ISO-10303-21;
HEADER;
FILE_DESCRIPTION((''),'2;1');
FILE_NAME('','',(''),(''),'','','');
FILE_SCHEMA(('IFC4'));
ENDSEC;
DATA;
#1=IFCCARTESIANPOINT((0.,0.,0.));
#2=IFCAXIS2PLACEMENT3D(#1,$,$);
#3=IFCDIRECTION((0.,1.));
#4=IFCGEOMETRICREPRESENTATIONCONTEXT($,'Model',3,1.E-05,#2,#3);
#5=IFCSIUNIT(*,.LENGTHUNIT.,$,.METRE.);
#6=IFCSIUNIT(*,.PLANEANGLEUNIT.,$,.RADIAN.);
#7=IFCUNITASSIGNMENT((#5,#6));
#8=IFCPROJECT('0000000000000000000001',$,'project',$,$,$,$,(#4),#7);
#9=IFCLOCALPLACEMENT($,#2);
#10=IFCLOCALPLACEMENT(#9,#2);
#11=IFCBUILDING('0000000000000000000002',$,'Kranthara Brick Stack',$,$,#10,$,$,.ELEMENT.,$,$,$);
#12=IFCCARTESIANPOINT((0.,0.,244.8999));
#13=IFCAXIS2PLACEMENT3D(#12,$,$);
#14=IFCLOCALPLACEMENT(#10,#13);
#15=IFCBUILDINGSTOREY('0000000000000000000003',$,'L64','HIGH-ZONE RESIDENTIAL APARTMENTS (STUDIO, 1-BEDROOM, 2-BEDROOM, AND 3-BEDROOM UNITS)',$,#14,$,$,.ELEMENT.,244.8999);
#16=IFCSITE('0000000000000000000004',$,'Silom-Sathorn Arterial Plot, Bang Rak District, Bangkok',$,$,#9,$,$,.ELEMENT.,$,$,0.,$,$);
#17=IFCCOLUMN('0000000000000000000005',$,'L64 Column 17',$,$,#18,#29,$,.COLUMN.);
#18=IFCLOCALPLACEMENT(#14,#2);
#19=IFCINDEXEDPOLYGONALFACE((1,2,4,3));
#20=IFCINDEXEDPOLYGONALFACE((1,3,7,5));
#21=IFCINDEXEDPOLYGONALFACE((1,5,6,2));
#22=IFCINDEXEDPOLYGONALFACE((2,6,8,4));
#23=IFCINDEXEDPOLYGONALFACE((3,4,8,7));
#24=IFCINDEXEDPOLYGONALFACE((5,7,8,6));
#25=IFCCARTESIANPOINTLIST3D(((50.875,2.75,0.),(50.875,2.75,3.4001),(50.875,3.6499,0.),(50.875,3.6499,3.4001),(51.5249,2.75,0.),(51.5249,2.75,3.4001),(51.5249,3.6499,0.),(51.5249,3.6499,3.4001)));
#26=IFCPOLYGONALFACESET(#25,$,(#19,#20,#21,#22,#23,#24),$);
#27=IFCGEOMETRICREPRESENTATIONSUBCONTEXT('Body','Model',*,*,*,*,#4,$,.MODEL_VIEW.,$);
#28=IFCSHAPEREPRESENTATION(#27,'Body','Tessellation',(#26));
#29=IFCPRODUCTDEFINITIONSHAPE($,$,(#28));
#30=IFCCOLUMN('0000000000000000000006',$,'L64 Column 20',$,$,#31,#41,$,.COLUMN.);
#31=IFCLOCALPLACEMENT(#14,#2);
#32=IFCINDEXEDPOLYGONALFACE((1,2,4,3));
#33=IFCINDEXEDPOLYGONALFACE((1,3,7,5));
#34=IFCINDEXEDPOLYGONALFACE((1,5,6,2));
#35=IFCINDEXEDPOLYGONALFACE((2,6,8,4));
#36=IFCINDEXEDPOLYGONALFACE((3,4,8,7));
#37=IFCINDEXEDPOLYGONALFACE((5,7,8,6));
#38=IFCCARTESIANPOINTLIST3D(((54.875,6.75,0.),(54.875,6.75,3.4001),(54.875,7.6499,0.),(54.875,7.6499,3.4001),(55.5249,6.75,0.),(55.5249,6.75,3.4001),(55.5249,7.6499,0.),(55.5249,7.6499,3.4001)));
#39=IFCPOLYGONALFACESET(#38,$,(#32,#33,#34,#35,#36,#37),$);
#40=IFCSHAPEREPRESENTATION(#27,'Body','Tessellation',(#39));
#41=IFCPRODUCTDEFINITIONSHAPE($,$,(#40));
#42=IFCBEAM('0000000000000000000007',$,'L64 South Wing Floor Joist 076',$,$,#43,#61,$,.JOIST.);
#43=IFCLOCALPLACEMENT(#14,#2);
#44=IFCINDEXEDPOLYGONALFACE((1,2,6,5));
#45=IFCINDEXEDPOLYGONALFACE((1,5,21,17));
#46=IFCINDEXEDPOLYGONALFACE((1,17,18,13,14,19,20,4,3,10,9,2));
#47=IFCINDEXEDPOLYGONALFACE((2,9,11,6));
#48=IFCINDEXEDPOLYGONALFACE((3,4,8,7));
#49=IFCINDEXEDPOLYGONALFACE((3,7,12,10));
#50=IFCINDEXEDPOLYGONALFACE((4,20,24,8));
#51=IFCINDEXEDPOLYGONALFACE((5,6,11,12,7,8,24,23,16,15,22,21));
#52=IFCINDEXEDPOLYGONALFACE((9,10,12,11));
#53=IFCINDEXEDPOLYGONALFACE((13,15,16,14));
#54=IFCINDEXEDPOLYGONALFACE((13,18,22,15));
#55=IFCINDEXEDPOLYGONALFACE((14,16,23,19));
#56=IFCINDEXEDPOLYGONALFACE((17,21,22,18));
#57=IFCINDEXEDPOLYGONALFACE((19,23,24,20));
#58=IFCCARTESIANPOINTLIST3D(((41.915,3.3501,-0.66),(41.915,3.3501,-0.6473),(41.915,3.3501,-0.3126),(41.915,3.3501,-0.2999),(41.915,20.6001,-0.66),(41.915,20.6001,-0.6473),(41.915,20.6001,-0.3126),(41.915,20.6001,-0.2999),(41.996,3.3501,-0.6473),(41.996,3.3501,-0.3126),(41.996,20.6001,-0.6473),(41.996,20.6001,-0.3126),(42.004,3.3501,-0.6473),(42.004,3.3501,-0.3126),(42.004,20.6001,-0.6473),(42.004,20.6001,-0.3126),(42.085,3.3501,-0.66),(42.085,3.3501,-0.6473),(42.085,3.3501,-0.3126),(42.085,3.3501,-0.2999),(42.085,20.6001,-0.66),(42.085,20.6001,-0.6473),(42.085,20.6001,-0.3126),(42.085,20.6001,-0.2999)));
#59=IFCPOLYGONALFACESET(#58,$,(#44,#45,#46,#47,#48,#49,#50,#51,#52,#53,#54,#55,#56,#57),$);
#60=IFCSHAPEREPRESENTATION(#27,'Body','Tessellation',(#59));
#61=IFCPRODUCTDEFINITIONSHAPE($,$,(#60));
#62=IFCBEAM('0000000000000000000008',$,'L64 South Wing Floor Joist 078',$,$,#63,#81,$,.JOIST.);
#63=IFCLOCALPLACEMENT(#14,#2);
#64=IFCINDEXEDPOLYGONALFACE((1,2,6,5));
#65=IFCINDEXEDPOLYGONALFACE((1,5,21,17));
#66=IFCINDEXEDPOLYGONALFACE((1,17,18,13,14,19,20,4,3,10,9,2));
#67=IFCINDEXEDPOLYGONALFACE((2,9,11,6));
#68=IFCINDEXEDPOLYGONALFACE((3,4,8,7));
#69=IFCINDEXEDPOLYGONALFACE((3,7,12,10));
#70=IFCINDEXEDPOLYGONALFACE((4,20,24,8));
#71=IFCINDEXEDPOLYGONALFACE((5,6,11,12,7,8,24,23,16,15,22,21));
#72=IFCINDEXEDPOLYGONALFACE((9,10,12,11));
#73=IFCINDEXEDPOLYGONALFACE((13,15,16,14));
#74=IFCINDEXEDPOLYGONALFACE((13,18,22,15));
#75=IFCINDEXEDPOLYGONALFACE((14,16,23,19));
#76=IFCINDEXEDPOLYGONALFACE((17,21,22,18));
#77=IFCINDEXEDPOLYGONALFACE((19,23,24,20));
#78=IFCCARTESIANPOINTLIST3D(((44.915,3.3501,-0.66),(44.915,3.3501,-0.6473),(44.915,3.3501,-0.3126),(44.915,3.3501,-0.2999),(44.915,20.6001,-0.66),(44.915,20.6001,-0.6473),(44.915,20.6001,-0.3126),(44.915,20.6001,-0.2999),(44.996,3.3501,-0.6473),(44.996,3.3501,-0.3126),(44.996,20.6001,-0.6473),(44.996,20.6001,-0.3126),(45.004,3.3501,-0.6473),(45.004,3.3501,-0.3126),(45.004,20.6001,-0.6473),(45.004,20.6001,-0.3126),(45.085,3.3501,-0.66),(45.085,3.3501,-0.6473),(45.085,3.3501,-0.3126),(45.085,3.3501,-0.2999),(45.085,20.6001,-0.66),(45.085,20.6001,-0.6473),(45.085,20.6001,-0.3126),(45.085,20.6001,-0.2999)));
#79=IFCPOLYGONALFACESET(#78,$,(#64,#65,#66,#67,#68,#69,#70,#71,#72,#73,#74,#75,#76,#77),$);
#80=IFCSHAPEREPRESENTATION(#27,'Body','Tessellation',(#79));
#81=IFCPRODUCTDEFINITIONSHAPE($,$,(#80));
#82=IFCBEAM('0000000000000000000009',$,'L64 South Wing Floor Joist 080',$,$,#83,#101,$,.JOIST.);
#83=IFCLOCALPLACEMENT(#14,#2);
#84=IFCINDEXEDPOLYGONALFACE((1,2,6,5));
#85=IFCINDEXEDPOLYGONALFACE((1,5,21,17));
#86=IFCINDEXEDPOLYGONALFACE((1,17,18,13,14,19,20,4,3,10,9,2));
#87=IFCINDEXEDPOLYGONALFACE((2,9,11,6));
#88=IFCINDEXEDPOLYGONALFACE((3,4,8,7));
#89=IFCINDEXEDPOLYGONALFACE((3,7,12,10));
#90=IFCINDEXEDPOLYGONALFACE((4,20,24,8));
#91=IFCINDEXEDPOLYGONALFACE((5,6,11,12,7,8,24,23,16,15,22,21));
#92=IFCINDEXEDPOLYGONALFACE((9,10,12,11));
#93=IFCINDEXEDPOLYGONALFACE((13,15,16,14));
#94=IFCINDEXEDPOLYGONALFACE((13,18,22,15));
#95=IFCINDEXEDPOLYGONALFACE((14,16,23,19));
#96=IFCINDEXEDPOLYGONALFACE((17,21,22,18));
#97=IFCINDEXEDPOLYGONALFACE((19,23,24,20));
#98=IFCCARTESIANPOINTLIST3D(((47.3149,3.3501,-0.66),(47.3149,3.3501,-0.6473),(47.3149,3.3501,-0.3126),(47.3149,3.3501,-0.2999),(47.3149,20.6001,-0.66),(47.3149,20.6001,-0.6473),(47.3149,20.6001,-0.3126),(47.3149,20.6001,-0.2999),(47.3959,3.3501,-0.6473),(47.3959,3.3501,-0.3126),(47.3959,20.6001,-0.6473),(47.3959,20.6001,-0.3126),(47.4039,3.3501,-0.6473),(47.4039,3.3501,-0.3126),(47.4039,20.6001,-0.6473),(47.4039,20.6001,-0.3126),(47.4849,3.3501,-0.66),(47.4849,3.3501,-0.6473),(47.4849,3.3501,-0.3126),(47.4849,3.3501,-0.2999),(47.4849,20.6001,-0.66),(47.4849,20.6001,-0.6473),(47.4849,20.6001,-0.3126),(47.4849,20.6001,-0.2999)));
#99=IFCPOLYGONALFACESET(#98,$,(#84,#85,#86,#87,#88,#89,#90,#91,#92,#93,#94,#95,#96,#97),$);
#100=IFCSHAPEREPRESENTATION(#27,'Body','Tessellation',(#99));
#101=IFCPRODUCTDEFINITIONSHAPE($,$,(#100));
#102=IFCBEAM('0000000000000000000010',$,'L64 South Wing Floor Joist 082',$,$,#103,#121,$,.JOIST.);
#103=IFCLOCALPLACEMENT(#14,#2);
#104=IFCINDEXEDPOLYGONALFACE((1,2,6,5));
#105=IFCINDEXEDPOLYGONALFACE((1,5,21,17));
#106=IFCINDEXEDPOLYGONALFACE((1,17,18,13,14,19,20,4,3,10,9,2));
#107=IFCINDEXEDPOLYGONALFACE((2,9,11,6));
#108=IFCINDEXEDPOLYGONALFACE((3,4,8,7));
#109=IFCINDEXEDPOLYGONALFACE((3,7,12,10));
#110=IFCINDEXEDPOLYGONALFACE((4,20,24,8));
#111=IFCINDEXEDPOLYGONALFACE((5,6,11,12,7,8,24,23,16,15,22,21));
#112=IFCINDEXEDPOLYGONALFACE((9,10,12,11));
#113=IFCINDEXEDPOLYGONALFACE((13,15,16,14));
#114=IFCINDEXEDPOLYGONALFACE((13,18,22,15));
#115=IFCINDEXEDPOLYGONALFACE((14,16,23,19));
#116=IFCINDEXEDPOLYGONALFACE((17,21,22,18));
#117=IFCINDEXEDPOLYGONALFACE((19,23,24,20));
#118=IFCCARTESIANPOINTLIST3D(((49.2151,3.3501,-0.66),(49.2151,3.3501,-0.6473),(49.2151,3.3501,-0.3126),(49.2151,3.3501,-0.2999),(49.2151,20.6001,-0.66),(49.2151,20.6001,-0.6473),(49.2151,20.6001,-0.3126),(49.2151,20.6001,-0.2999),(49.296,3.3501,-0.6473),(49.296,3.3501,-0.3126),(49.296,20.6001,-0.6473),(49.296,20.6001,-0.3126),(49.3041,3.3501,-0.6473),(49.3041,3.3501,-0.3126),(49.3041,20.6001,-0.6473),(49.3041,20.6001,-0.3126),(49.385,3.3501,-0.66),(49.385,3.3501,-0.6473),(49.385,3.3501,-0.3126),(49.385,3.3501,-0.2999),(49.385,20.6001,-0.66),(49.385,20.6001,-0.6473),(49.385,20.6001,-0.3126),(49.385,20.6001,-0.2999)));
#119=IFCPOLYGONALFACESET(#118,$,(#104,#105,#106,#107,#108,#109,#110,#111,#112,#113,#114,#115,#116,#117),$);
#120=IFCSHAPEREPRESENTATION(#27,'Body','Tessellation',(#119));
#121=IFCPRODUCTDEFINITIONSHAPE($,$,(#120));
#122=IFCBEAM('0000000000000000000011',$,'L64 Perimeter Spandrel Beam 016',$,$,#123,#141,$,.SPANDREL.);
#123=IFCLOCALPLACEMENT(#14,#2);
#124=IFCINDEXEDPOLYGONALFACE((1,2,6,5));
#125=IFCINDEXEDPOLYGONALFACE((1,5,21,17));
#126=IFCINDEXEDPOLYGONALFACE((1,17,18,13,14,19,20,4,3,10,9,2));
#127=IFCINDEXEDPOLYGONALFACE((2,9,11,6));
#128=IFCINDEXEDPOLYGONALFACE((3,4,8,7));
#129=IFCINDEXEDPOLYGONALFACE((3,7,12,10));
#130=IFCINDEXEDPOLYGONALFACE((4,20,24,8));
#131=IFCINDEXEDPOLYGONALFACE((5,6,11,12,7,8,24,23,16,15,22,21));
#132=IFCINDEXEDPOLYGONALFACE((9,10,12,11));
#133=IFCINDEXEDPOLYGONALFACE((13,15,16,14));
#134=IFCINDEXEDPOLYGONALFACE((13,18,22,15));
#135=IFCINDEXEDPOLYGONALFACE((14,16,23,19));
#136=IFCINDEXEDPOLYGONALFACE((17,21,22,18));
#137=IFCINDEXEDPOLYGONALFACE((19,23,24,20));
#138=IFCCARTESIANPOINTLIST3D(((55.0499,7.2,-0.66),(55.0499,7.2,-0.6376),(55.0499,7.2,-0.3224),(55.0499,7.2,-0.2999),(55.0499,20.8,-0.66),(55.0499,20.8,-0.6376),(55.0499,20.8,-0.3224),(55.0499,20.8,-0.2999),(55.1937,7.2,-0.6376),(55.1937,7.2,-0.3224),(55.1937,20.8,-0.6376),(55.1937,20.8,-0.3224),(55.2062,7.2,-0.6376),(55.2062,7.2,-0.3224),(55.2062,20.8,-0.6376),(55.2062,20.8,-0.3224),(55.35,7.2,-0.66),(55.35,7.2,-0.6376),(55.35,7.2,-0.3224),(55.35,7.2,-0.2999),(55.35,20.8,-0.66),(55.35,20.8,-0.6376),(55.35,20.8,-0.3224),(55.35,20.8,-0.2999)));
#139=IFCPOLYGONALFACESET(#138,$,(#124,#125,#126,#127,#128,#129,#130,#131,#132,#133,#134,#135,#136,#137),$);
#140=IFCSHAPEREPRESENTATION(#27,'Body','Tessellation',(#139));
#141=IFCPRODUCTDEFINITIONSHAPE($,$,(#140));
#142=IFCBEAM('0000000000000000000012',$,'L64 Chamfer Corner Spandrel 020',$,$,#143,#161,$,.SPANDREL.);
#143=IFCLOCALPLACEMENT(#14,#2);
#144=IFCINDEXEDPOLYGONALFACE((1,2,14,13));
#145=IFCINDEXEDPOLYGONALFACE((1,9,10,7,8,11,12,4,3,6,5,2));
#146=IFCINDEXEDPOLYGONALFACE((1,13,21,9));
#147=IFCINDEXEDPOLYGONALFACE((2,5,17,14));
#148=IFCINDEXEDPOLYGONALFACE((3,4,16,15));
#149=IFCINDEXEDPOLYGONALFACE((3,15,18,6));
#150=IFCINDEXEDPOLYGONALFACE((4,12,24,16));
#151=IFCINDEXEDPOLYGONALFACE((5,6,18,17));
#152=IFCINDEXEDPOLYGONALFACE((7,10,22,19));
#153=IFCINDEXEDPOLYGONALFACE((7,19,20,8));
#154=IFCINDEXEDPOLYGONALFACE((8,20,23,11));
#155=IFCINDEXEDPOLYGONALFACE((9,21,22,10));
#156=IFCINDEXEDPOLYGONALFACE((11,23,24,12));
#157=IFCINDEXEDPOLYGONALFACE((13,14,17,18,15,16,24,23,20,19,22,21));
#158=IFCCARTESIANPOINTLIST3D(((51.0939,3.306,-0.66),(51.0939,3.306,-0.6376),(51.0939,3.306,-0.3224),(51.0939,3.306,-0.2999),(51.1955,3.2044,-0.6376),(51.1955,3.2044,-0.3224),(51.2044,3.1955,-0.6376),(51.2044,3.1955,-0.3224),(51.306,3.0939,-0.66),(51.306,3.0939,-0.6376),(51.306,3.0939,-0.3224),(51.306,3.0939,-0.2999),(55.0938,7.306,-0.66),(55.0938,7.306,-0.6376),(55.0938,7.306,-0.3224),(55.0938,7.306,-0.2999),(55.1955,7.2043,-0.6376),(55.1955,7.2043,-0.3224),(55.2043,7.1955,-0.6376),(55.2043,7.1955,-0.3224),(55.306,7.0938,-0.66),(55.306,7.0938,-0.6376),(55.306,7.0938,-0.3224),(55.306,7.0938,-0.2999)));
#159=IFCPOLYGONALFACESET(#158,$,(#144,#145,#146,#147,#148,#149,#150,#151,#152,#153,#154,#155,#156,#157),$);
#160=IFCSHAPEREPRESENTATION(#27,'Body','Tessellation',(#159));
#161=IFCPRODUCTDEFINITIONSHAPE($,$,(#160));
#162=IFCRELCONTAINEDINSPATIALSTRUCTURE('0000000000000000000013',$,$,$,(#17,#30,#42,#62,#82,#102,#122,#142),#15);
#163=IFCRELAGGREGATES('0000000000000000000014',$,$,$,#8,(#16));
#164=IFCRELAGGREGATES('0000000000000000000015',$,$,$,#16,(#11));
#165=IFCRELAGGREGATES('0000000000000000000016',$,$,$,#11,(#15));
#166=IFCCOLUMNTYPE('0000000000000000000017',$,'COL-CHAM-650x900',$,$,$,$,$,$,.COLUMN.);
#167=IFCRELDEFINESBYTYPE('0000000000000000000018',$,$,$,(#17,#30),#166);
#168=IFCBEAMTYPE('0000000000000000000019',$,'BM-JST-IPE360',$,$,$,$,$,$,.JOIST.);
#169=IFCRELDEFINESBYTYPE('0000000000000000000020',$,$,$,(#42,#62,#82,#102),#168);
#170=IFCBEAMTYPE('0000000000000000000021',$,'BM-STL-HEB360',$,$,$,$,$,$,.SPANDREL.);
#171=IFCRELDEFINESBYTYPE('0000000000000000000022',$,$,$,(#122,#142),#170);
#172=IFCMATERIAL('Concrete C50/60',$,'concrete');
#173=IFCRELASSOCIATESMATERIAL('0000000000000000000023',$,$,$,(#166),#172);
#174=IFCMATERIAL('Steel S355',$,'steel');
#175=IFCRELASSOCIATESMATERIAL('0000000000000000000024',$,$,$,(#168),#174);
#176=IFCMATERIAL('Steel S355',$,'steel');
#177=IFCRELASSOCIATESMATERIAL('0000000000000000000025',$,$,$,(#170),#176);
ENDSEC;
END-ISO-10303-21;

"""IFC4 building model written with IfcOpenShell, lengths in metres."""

from ifc_helpers import new_model, si_unit, direction, frame, origin, origin_2d, place, context, subcontext, project, spatial, rectangle, i_section, extrude, material, material_profile, profile_set, type_object, element, save


model = new_model("IFC4")

# Units and contexts
model_context = context("Model", 3, precision=1e-05, world=origin(), true_north=direction((0.0, 1.0)))
body_context = subcontext(model_context, "Body", "Model", "MODEL_VIEW")
ifc_project = project(units=[si_unit("LENGTHUNIT", "METRE"), si_unit("PLANEANGLEUNIT", "RADIAN")], contexts=[model_context])

# Site, building, storey
site_placement = place(None, origin())
site = spatial("IfcSite", under=ifc_project, at=site_placement, Name="Silom-Sathorn Arterial Plot, Bang Rak District, Bangkok", CompositionType="ELEMENT", RefElevation=0.0)
building_placement = place(site_placement, origin())
building = spatial("IfcBuilding", under=site, at=building_placement, Name="Kranthara Brick Stack", CompositionType="ELEMENT")
storey_placement = place(building_placement, frame((0.0, 0.0, 244.8999)))
storey = spatial("IfcBuildingStorey", under=building, at=storey_placement, Name="L64", Description="HIGH-ZONE RESIDENTIAL APARTMENTS (STUDIO, 1-BEDROOM, 2-BEDROOM, AND 3-BEDROOM UNITS)", CompositionType="ELEMENT", Elevation=244.8999)

# Columns
ifc_material_1 = material(Name="Concrete C50/60", Category="concrete")
ifc_material_profile_1 = material_profile(ifc_material_1, rectangle(XDim=0.6499, YDim=0.8999, at=origin_2d()), Name="RC 650x900")
ifc_profile_set_1 = profile_set([ifc_material_profile_1], Name="Concrete C50/60")
column_type = type_object("IfcColumnType", Name="COL-CHAM-650x900", PredefinedType="COLUMN", material=ifc_profile_set_1)
for number, where, z_axis, x_axis, name in (
    (1, (51.2, 3.2, 0.0), (0.0, 0.0, 1.0), (1.0, 0.0, 0.0), "L64 Column 17"),
    (2, (55.2, 7.2, 0.0), (0.0, 0.0, 1.0), (1.0, 0.0, 0.0), "L64 Column 20"),
):
    element("IfcColumn", number, at=place(storey_placement, frame(where, z_axis=z_axis, x_axis=x_axis)), inside=storey, type_object=column_type, Name=name, PredefinedType="COLUMN", context=body_context, shape_type="SweptSolid", body=[
        extrude(rectangle(XDim=0.6499, YDim=0.8999, at=origin_2d()), origin(), (0.0, 0.0, 1.0), 3.4001),
    ])

# Beams
ifc_material_2 = material(Name="Steel S355", Category="steel")
ifc_material_profile_2 = material_profile(ifc_material_2, i_section(OverallWidth=0.1699, OverallDepth=0.3601, WebThickness=0.0081, FlangeThickness=0.0127, at=origin_2d()), Name="IPE 360")
ifc_profile_set_2 = profile_set([ifc_material_profile_2], Name="Steel S355")
beam_type_1 = type_object("IfcBeamType", Name="BM-JST-IPE360", PredefinedType="JOIST", material=ifc_profile_set_2)
for number, where, z_axis, x_axis, name in (
    (3, (42.0, 3.3501, -0.48), (0.0, 1.0, 0.0), (-1.0, 0.0, 0.0), "L64 South Wing Floor Joist 076"),
    (4, (45.0, 3.3501, -0.48), (0.0, 1.0, 0.0), (-1.0, 0.0, 0.0), "L64 South Wing Floor Joist 078"),
    (5, (47.3999, 3.3501, -0.48), (0.0, 1.0, 0.0), (-1.0, 0.0, 0.0), "L64 South Wing Floor Joist 080"),
    (6, (49.3, 3.3501, -0.48), (0.0, 1.0, 0.0), (-1.0, 0.0, 0.0), "L64 South Wing Floor Joist 082"),
):
    element("IfcBeam", number, at=place(storey_placement, frame(where, z_axis=z_axis, x_axis=x_axis)), inside=storey, type_object=beam_type_1, Name=name, PredefinedType="JOIST", context=body_context, shape_type="SweptSolid", body=[
        extrude(i_section(OverallWidth=0.1699, OverallDepth=0.3601, WebThickness=0.0081, FlangeThickness=0.0127, at=origin_2d()), origin(), (0.0, 0.0, 1.0), 17.25),
    ])
ifc_material_3 = material(Name="Steel S355", Category="steel")
ifc_material_profile_3 = material_profile(ifc_material_3, i_section(OverallWidth=0.3, OverallDepth=0.3601, WebThickness=0.0125, FlangeThickness=0.0225, at=origin_2d()), Name="HEB 360")
ifc_profile_set_3 = profile_set([ifc_material_profile_3], Name="Steel S355")
beam_type_2 = type_object("IfcBeamType", Name="BM-STL-HEB360", PredefinedType="SPANDREL", material=ifc_profile_set_3)
beam_1_placement = place(storey_placement, frame((55.2, 7.2, -0.48), z_axis=(0.0, 1.0, 0.0), x_axis=(-1.0, 0.0, 0.0)))
element("IfcBeam", 7, at=beam_1_placement, inside=storey, type_object=beam_type_2, Name="L64 Perimeter Spandrel Beam 016", PredefinedType="SPANDREL", context=body_context, shape_type="SweptSolid", body=[
    extrude(i_section(OverallWidth=0.3, OverallDepth=0.3601, WebThickness=0.0125, FlangeThickness=0.0225, at=origin_2d()), origin(), (0.0, 0.0, 1.0), 13.6001),
])
beam_2_placement = place(storey_placement, frame((51.2, 3.2, -0.48), z_axis=(0.707107, 0.707107, 0.0), x_axis=(-0.707107, 0.707107, 0.0)))
element("IfcBeam", 8, at=beam_2_placement, inside=storey, type_object=beam_type_2, Name="L64 Chamfer Corner Spandrel 020", PredefinedType="SPANDREL", context=body_context, shape_type="SweptSolid", body=[
    extrude(i_section(OverallWidth=0.3, OverallDepth=0.3601, WebThickness=0.0125, FlangeThickness=0.0225, at=origin_2d()), origin(), (0.0, 0.0, 1.0), 5.6567),
])

save(model, "model.ifc")
